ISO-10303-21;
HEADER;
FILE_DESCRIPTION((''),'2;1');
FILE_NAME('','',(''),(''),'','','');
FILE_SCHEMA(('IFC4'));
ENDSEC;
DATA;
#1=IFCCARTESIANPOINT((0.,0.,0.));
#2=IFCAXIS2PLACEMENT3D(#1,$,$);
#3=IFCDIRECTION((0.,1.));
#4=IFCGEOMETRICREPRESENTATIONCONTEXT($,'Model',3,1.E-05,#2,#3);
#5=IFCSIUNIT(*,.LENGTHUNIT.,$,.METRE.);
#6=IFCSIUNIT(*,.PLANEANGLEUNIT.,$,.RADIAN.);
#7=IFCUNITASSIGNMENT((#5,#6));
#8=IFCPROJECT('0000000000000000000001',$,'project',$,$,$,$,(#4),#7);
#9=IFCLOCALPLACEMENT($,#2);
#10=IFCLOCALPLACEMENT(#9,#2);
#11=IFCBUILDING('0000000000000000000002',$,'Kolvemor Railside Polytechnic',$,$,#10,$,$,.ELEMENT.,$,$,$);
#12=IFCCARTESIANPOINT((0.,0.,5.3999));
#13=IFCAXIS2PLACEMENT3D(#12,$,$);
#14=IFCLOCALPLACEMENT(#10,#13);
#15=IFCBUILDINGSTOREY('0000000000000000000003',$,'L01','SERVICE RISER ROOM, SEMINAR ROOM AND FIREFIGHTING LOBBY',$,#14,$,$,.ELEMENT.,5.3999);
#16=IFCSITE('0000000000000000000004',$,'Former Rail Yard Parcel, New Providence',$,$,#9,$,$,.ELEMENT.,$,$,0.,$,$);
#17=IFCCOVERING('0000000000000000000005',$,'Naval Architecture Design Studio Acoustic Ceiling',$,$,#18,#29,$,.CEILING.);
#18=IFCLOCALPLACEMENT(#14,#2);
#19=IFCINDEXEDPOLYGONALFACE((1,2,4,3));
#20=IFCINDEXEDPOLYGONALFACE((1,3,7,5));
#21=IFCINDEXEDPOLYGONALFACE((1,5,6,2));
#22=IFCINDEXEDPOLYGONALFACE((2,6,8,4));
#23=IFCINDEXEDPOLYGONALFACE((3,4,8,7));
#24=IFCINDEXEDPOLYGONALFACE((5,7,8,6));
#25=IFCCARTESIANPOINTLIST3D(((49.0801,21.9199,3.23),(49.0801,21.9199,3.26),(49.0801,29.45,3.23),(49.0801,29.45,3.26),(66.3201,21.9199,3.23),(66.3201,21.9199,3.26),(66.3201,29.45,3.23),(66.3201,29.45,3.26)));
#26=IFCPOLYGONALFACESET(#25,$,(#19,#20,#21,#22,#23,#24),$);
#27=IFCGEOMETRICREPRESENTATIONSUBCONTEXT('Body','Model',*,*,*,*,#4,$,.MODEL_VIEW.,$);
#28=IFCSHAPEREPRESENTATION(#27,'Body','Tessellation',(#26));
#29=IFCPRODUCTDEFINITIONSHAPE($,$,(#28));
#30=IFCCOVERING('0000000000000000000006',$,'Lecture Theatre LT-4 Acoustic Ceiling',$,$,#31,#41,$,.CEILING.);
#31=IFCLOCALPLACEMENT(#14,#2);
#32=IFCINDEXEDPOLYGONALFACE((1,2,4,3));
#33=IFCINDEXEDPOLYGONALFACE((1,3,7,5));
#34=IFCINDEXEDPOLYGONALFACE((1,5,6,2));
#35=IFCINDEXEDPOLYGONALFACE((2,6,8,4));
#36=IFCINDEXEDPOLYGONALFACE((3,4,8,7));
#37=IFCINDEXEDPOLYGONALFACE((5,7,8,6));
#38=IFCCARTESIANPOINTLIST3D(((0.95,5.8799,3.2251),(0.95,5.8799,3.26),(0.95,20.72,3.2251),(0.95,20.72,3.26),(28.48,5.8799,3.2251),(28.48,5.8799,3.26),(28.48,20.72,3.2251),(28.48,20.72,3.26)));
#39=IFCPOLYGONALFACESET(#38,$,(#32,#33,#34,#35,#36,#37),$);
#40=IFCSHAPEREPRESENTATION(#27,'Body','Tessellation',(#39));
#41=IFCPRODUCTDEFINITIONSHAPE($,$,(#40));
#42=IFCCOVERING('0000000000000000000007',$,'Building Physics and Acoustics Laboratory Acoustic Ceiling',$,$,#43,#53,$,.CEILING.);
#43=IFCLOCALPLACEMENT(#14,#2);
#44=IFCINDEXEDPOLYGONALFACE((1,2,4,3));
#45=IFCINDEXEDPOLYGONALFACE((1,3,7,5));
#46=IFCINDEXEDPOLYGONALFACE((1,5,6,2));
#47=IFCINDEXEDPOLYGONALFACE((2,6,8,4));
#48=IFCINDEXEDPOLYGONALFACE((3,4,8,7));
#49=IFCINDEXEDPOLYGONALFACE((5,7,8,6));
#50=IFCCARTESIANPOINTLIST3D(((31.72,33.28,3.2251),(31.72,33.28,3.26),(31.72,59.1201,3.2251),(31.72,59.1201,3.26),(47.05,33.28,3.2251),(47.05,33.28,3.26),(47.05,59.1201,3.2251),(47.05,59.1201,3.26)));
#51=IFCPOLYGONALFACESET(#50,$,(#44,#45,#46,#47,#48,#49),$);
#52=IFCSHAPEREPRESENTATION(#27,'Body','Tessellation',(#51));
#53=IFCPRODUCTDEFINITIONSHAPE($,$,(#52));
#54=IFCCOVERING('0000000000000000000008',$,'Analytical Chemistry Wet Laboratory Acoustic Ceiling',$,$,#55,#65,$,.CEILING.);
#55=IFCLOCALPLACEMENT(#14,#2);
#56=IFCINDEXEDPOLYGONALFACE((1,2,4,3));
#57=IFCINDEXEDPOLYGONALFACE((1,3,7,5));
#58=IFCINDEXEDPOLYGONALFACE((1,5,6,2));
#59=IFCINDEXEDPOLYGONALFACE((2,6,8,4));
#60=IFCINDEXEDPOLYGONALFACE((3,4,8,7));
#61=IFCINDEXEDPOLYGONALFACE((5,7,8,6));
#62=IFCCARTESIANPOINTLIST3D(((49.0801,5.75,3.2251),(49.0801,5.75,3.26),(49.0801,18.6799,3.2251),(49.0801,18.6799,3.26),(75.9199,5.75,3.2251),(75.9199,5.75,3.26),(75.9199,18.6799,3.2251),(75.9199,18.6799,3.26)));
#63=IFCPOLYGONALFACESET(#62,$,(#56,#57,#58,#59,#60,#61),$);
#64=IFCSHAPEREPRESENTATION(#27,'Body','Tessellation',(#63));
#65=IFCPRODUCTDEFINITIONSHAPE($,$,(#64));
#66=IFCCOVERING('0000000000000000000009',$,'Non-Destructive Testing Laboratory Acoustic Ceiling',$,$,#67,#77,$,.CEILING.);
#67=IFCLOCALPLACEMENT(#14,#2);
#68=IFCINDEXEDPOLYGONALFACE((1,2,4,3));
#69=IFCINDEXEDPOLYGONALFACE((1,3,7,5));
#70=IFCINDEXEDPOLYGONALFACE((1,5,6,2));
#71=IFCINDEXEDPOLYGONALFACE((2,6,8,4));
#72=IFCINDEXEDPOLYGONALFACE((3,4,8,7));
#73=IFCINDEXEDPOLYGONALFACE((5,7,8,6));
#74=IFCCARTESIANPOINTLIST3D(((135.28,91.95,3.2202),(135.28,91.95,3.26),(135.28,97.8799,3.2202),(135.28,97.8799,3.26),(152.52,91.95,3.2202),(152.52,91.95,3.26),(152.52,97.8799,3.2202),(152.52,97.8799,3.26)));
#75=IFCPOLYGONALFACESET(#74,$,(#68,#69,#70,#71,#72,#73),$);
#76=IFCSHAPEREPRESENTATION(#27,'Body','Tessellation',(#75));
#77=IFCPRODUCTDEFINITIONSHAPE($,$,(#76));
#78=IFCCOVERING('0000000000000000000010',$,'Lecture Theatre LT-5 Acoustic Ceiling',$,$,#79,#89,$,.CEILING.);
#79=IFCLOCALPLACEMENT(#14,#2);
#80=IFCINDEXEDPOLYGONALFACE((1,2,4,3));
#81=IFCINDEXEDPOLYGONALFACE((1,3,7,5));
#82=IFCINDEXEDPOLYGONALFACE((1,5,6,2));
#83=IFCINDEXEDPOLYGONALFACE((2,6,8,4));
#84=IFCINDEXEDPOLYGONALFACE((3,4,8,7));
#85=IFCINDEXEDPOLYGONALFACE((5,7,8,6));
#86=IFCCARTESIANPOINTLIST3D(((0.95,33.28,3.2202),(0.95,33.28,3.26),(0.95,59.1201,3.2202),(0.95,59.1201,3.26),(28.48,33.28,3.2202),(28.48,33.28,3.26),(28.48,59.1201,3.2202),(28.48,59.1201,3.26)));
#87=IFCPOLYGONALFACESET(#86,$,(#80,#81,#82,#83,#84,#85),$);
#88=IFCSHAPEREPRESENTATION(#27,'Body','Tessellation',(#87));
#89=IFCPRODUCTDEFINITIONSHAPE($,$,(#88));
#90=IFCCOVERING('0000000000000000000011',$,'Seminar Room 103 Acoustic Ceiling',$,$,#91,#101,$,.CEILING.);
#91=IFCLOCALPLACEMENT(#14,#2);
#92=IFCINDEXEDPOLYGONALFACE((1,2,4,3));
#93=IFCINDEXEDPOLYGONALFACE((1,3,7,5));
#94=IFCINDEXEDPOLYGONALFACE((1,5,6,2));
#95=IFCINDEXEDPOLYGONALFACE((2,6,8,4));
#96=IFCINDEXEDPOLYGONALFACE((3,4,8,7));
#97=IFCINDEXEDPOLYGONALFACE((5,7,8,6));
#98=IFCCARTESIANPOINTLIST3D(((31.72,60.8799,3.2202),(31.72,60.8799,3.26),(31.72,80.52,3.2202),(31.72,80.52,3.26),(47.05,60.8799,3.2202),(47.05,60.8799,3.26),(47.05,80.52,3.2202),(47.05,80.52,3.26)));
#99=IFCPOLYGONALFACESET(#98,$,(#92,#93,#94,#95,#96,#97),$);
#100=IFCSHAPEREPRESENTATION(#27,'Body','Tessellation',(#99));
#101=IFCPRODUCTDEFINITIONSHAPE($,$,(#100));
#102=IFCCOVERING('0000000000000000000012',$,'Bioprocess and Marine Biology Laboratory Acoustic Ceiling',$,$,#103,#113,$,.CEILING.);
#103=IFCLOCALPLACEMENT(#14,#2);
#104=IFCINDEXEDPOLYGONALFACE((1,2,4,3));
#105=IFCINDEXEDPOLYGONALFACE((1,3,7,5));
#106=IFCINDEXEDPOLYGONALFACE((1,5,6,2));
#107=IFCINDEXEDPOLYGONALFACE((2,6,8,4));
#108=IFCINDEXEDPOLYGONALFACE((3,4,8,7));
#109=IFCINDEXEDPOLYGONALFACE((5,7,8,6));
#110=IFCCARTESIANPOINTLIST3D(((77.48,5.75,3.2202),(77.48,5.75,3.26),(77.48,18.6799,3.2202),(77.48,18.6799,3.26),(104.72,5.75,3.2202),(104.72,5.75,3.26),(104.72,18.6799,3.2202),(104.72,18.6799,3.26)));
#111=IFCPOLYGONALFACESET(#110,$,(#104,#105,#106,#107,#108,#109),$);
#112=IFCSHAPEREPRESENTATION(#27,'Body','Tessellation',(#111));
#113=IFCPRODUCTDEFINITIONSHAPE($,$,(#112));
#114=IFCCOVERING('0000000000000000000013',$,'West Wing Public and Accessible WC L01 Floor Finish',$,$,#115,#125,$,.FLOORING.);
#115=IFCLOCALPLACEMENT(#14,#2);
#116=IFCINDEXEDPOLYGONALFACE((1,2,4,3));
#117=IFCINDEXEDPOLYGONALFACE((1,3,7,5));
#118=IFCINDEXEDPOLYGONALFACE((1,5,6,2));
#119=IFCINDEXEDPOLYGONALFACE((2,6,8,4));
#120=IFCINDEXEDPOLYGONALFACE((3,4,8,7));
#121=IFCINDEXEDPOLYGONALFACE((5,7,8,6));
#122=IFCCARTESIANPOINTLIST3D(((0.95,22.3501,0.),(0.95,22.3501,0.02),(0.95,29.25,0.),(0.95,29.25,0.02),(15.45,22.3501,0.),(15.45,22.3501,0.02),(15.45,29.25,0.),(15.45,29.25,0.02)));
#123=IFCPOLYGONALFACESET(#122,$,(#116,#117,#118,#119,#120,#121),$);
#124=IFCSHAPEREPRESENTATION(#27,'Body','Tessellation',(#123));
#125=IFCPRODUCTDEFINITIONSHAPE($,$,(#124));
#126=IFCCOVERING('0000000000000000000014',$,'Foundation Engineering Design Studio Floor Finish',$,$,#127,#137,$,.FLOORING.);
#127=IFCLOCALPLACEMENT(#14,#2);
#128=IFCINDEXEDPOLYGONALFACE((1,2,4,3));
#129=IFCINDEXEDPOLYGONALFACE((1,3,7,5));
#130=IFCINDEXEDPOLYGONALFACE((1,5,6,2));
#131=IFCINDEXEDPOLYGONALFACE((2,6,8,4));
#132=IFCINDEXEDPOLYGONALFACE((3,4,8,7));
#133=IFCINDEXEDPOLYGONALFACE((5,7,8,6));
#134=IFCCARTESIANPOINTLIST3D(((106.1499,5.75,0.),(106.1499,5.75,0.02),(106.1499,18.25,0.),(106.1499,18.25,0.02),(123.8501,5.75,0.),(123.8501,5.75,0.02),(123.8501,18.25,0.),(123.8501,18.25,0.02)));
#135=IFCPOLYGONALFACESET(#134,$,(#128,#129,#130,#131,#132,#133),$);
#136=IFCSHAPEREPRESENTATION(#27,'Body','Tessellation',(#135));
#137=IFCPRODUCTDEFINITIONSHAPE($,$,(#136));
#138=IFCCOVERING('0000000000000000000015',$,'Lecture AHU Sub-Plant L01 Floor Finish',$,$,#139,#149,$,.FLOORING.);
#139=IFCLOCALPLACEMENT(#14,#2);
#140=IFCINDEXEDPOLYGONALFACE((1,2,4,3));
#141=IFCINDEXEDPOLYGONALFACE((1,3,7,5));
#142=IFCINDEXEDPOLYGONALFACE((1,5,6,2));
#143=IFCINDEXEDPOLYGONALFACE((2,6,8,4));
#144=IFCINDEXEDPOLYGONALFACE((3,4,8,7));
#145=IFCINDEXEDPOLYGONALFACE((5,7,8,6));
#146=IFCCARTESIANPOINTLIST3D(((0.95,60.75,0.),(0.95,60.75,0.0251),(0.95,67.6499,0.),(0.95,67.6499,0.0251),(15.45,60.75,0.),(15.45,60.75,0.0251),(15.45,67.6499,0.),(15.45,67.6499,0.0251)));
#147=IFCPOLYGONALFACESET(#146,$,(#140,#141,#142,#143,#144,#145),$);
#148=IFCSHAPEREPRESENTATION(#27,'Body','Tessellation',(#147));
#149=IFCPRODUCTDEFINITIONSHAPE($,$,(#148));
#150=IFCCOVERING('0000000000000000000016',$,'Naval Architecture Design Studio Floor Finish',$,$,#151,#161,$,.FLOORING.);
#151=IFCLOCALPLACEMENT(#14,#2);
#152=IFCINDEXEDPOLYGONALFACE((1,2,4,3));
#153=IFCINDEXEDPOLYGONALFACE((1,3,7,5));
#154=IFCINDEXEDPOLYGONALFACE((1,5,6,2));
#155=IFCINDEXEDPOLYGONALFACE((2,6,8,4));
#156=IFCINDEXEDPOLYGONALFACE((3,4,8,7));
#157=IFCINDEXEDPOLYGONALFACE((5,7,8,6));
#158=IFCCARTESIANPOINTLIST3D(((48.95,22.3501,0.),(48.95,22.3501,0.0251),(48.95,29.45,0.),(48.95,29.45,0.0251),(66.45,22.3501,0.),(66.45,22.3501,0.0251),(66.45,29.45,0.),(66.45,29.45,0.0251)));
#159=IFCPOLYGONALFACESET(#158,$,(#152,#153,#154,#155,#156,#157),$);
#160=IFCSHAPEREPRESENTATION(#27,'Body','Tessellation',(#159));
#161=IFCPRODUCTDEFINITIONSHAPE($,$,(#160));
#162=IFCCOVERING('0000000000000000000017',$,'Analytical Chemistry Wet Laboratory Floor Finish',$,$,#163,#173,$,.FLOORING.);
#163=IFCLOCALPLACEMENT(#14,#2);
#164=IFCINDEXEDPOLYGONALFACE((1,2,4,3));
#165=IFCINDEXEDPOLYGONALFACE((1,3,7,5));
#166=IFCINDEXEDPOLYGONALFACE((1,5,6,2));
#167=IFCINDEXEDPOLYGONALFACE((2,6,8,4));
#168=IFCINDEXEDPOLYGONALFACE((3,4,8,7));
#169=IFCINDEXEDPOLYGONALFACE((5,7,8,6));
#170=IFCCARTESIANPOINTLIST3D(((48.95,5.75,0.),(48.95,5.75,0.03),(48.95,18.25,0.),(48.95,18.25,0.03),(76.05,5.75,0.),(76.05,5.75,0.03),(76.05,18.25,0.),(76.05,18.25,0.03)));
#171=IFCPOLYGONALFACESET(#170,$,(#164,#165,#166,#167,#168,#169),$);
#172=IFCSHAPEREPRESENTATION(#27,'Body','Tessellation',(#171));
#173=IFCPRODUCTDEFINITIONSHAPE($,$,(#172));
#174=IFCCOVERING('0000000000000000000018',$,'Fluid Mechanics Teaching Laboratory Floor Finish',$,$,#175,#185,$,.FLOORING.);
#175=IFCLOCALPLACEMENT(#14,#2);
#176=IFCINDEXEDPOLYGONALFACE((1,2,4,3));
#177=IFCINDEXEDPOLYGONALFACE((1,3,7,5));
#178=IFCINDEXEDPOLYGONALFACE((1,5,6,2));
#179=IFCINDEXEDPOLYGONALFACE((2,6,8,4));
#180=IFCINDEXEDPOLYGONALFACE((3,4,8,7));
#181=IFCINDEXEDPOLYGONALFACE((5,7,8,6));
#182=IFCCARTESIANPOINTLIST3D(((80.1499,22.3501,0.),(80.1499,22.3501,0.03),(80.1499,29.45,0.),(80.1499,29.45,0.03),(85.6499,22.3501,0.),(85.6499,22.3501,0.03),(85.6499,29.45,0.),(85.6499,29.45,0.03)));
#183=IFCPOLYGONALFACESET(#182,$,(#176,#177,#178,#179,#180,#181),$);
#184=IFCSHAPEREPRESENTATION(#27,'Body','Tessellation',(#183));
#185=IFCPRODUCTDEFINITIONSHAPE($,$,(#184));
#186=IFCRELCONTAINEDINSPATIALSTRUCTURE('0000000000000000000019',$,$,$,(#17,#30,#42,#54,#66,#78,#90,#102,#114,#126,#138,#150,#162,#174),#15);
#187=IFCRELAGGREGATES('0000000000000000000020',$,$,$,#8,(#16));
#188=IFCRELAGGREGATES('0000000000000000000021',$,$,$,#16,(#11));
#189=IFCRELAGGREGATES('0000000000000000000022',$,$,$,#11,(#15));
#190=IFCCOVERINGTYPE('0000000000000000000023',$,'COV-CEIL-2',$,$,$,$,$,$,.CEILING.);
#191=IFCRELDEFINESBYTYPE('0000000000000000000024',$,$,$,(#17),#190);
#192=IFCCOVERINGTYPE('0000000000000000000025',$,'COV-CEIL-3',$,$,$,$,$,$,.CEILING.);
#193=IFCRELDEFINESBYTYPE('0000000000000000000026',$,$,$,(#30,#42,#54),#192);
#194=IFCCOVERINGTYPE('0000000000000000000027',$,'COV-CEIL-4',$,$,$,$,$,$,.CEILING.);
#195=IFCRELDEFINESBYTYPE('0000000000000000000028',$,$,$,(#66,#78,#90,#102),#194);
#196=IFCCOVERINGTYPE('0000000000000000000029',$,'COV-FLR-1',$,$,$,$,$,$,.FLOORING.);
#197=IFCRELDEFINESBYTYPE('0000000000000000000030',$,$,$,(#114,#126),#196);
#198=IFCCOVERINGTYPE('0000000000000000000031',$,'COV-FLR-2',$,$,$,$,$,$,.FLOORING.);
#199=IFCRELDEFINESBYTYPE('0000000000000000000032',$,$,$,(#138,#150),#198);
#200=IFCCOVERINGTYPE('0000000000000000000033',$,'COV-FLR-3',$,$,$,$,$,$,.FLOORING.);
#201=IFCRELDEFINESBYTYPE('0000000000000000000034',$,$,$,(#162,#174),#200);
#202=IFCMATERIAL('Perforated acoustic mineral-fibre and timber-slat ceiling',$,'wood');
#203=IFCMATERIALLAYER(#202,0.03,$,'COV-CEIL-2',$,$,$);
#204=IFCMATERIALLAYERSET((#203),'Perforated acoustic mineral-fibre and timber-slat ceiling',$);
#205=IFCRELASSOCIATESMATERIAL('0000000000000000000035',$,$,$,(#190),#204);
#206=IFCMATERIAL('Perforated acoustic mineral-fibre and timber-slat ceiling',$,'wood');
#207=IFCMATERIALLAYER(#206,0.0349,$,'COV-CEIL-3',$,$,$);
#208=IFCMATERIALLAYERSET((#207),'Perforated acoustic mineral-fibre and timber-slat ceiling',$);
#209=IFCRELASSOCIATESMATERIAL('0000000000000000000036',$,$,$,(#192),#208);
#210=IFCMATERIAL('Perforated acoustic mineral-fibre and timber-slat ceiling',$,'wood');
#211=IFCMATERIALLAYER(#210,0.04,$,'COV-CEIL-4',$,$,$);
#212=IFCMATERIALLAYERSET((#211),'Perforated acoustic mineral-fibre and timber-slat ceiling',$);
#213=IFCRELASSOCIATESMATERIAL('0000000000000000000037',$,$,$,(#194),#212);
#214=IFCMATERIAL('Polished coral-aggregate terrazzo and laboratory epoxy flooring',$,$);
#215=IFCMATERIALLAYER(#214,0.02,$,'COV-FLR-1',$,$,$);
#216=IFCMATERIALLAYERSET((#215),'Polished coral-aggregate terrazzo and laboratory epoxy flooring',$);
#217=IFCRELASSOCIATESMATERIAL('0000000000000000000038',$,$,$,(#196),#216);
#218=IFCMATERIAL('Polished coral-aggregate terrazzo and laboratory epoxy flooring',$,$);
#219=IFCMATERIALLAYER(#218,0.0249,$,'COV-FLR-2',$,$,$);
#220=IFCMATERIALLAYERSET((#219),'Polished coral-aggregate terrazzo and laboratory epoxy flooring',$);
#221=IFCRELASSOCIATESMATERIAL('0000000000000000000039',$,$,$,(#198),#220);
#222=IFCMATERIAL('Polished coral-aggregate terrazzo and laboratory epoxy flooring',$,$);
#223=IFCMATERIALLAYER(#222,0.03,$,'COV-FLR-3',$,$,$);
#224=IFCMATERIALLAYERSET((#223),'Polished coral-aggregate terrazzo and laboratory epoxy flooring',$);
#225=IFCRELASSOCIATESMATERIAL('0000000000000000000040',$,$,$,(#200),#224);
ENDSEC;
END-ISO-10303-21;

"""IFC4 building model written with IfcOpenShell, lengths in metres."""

from ifc_helpers import new_model, si_unit, direction, frame, origin, place, context, subcontext, project, spatial, polyline, outline, extrude, material, layer, layer_set, type_object, element, save


model = new_model("IFC4")

# Units and contexts
model_context = context("Model", 3, precision=1e-05, world=origin(), true_north=direction((0.0, 1.0)))
body_context = subcontext(model_context, "Body", "Model", "MODEL_VIEW")
ifc_project = project(units=[si_unit("LENGTHUNIT", "METRE"), si_unit("PLANEANGLEUNIT", "RADIAN")], contexts=[model_context])

# Site, building, storey
site_placement = place(None, origin())
site = spatial("IfcSite", under=ifc_project, at=site_placement, Name="Former Rail Yard Parcel, New Providence", CompositionType="ELEMENT", RefElevation=0.0)
building_placement = place(site_placement, origin())
building = spatial("IfcBuilding", under=site, at=building_placement, Name="Kolvemor Railside Polytechnic", CompositionType="ELEMENT")
storey_placement = place(building_placement, frame((0.0, 0.0, 5.3999)))
storey = spatial("IfcBuildingStorey", under=building, at=storey_placement, Name="L01", Description="SERVICE RISER ROOM, SEMINAR ROOM AND FIREFIGHTING LOBBY", CompositionType="ELEMENT", Elevation=5.3999)

# Coverings
ifc_material_1 = material(Name="Perforated acoustic mineral-fibre and timber-slat ceiling", Category="wood")
ifc_layer_1 = layer(ifc_material_1, 0.03, Name="COV-CEIL-2")
ifc_layer_set_1 = layer_set([ifc_layer_1], Name="Perforated acoustic mineral-fibre and timber-slat ceiling")
covering_type_1 = type_object("IfcCoveringType", Name="COV-CEIL-2", PredefinedType="CEILING", material=ifc_layer_set_1)
covering_1_placement = place(storey_placement, frame((0.0, 0.0, 3.23)))
element("IfcCovering", 1, at=covering_1_placement, inside=storey, type_object=covering_type_1, Name="Naval Architecture Design Studio Acoustic Ceiling", PredefinedType="CEILING", context=body_context, shape_type="SweptSolid", body=[
    extrude(outline(polyline([(49.0801, 21.9199), (66.3201, 21.9199), (66.3201, 29.45), (49.0801, 29.45), (49.0801, 21.9199)])), origin(), (0.0, 0.0, 1.0), 0.03),
])
ifc_material_2 = material(Name="Perforated acoustic mineral-fibre and timber-slat ceiling", Category="wood")
ifc_layer_2 = layer(ifc_material_2, 0.0349, Name="COV-CEIL-3")
ifc_layer_set_2 = layer_set([ifc_layer_2], Name="Perforated acoustic mineral-fibre and timber-slat ceiling")
covering_type_2 = type_object("IfcCoveringType", Name="COV-CEIL-3", PredefinedType="CEILING", material=ifc_layer_set_2)
covering_2_placement = place(storey_placement, frame((0.0, 0.0, 3.2251)))
element("IfcCovering", 2, at=covering_2_placement, inside=storey, type_object=covering_type_2, Name="Lecture Theatre LT-4 Acoustic Ceiling", PredefinedType="CEILING", context=body_context, shape_type="SweptSolid", body=[
    extrude(outline(polyline([(0.95, 5.8799), (28.48, 5.8799), (28.48, 20.72), (0.95, 20.72), (0.95, 5.8799)])), origin(), (0.0, 0.0, 1.0), 0.0349),
])
covering_3_placement = place(storey_placement, frame((0.0, 0.0, 3.2251)))
element("IfcCovering", 3, at=covering_3_placement, inside=storey, type_object=covering_type_2, Name="Building Physics and Acoustics Laboratory Acoustic Ceiling", PredefinedType="CEILING", context=body_context, shape_type="SweptSolid", body=[
    extrude(outline(polyline([(31.72, 33.28), (47.05, 33.28), (47.05, 59.1201), (31.72, 59.1201), (31.72, 33.28)])), origin(), (0.0, 0.0, 1.0), 0.0349),
])
covering_4_placement = place(storey_placement, frame((0.0, 0.0, 3.2251)))
element("IfcCovering", 4, at=covering_4_placement, inside=storey, type_object=covering_type_2, Name="Analytical Chemistry Wet Laboratory Acoustic Ceiling", PredefinedType="CEILING", context=body_context, shape_type="SweptSolid", body=[
    extrude(outline(polyline([(49.0801, 5.75), (75.9199, 5.75), (75.9199, 18.6799), (49.0801, 18.6799), (49.0801, 5.75)])), origin(), (0.0, 0.0, 1.0), 0.0349),
])
ifc_material_3 = material(Name="Perforated acoustic mineral-fibre and timber-slat ceiling", Category="wood")
ifc_layer_3 = layer(ifc_material_3, 0.04, Name="COV-CEIL-4")
ifc_layer_set_3 = layer_set([ifc_layer_3], Name="Perforated acoustic mineral-fibre and timber-slat ceiling")
covering_type_3 = type_object("IfcCoveringType", Name="COV-CEIL-4", PredefinedType="CEILING", material=ifc_layer_set_3)
covering_5_placement = place(storey_placement, frame((0.0, 0.0, 3.2202)))
element("IfcCovering", 5, at=covering_5_placement, inside=storey, type_object=covering_type_3, Name="Non-Destructive Testing Laboratory Acoustic Ceiling", PredefinedType="CEILING", context=body_context, shape_type="SweptSolid", body=[
    extrude(outline(polyline([(135.28, 91.95), (152.52, 91.95), (152.52, 97.8799), (135.28, 97.8799), (135.28, 91.95)])), origin(), (0.0, 0.0, 1.0), 0.0398),
])
covering_6_placement = place(storey_placement, frame((0.0, 0.0, 3.2202)))
element("IfcCovering", 6, at=covering_6_placement, inside=storey, type_object=covering_type_3, Name="Lecture Theatre LT-5 Acoustic Ceiling", PredefinedType="CEILING", context=body_context, shape_type="SweptSolid", body=[
    extrude(outline(polyline([(0.95, 33.28), (28.48, 33.28), (28.48, 59.1201), (0.95, 59.1201), (0.95, 33.28)])), origin(), (0.0, 0.0, 1.0), 0.0398),
])
covering_7_placement = place(storey_placement, frame((0.0, 0.0, 3.2202)))
element("IfcCovering", 7, at=covering_7_placement, inside=storey, type_object=covering_type_3, Name="Seminar Room 103 Acoustic Ceiling", PredefinedType="CEILING", context=body_context, shape_type="SweptSolid", body=[
    extrude(outline(polyline([(31.72, 60.8799), (47.05, 60.8799), (47.05, 80.52), (31.72, 80.52), (31.72, 60.8799)])), origin(), (0.0, 0.0, 1.0), 0.0398),
])
covering_8_placement = place(storey_placement, frame((0.0, 0.0, 3.2202)))
element("IfcCovering", 8, at=covering_8_placement, inside=storey, type_object=covering_type_3, Name="Bioprocess and Marine Biology Laboratory Acoustic Ceiling", PredefinedType="CEILING", context=body_context, shape_type="SweptSolid", body=[
    extrude(outline(polyline([(77.48, 5.75), (104.72, 5.75), (104.72, 18.6799), (77.48, 18.6799), (77.48, 5.75)])), origin(), (0.0, 0.0, 1.0), 0.0398),
])
ifc_material_4 = material(Name="Polished coral-aggregate terrazzo and laboratory epoxy flooring")
ifc_layer_4 = layer(ifc_material_4, 0.02, Name="COV-FLR-1")
ifc_layer_set_4 = layer_set([ifc_layer_4], Name="Polished coral-aggregate terrazzo and laboratory epoxy flooring")
covering_type_4 = type_object("IfcCoveringType", Name="COV-FLR-1", PredefinedType="FLOORING", material=ifc_layer_set_4)
covering_9_placement = place(storey_placement, origin())
element("IfcCovering", 9, at=covering_9_placement, inside=storey, type_object=covering_type_4, Name="West Wing Public and Accessible WC L01 Floor Finish", PredefinedType="FLOORING", context=body_context, shape_type="SweptSolid", body=[
    extrude(outline(polyline([(0.95, 22.3501), (15.45, 22.3501), (15.45, 29.25), (0.95, 29.25), (0.95, 22.3501)])), origin(), (0.0, 0.0, 1.0), 0.02),
])
covering_10_placement = place(storey_placement, origin())
element("IfcCovering", 10, at=covering_10_placement, inside=storey, type_object=covering_type_4, Name="Foundation Engineering Design Studio Floor Finish", PredefinedType="FLOORING", context=body_context, shape_type="SweptSolid", body=[
    extrude(outline(polyline([(106.1499, 5.75), (123.8501, 5.75), (123.8501, 18.25), (106.1499, 18.25), (106.1499, 5.75)])), origin(), (0.0, 0.0, 1.0), 0.02),
])
ifc_material_5 = material(Name="Polished coral-aggregate terrazzo and laboratory epoxy flooring")
ifc_layer_5 = layer(ifc_material_5, 0.0249, Name="COV-FLR-2")
ifc_layer_set_5 = layer_set([ifc_layer_5], Name="Polished coral-aggregate terrazzo and laboratory epoxy flooring")
covering_type_5 = type_object("IfcCoveringType", Name="COV-FLR-2", PredefinedType="FLOORING", material=ifc_layer_set_5)
covering_11_placement = place(storey_placement, origin())
element("IfcCovering", 11, at=covering_11_placement, inside=storey, type_object=covering_type_5, Name="Lecture AHU Sub-Plant L01 Floor Finish", PredefinedType="FLOORING", context=body_context, shape_type="SweptSolid", body=[
    extrude(outline(polyline([(0.95, 60.75), (15.45, 60.75), (15.45, 67.6499), (0.95, 67.6499), (0.95, 60.75)])), origin(), (0.0, 0.0, 1.0), 0.0251),
])
covering_12_placement = place(storey_placement, origin())
element("IfcCovering", 12, at=covering_12_placement, inside=storey, type_object=covering_type_5, Name="Naval Architecture Design Studio Floor Finish", PredefinedType="FLOORING", context=body_context, shape_type="SweptSolid", body=[
    extrude(outline(polyline([(48.95, 22.3501), (66.45, 22.3501), (66.45, 29.45), (48.95, 29.45), (48.95, 22.3501)])), origin(), (0.0, 0.0, 1.0), 0.0251),
])
ifc_material_6 = material(Name="Polished coral-aggregate terrazzo and laboratory epoxy flooring")
ifc_layer_6 = layer(ifc_material_6, 0.03, Name="COV-FLR-3")
ifc_layer_set_6 = layer_set([ifc_layer_6], Name="Polished coral-aggregate terrazzo and laboratory epoxy flooring")
covering_type_6 = type_object("IfcCoveringType", Name="COV-FLR-3", PredefinedType="FLOORING", material=ifc_layer_set_6)
covering_13_placement = place(storey_placement, origin())
element("IfcCovering", 13, at=covering_13_placement, inside=storey, type_object=covering_type_6, Name="Analytical Chemistry Wet Laboratory Floor Finish", PredefinedType="FLOORING", context=body_context, shape_type="SweptSolid", body=[
    extrude(outline(polyline([(48.95, 5.75), (76.05, 5.75), (76.05, 18.25), (48.95, 18.25), (48.95, 5.75)])), origin(), (0.0, 0.0, 1.0), 0.03),
])
covering_14_placement = place(storey_placement, origin())
element("IfcCovering", 14, at=covering_14_placement, inside=storey, type_object=covering_type_6, Name="Fluid Mechanics Teaching Laboratory Floor Finish", PredefinedType="FLOORING", context=body_context, shape_type="SweptSolid", body=[
    extrude(outline(polyline([(80.1499, 22.3501), (85.6499, 22.3501), (85.6499, 29.45), (80.1499, 29.45), (80.1499, 22.3501)])), origin(), (0.0, 0.0, 1.0), 0.03),
])

save(model, "model.ifc")
